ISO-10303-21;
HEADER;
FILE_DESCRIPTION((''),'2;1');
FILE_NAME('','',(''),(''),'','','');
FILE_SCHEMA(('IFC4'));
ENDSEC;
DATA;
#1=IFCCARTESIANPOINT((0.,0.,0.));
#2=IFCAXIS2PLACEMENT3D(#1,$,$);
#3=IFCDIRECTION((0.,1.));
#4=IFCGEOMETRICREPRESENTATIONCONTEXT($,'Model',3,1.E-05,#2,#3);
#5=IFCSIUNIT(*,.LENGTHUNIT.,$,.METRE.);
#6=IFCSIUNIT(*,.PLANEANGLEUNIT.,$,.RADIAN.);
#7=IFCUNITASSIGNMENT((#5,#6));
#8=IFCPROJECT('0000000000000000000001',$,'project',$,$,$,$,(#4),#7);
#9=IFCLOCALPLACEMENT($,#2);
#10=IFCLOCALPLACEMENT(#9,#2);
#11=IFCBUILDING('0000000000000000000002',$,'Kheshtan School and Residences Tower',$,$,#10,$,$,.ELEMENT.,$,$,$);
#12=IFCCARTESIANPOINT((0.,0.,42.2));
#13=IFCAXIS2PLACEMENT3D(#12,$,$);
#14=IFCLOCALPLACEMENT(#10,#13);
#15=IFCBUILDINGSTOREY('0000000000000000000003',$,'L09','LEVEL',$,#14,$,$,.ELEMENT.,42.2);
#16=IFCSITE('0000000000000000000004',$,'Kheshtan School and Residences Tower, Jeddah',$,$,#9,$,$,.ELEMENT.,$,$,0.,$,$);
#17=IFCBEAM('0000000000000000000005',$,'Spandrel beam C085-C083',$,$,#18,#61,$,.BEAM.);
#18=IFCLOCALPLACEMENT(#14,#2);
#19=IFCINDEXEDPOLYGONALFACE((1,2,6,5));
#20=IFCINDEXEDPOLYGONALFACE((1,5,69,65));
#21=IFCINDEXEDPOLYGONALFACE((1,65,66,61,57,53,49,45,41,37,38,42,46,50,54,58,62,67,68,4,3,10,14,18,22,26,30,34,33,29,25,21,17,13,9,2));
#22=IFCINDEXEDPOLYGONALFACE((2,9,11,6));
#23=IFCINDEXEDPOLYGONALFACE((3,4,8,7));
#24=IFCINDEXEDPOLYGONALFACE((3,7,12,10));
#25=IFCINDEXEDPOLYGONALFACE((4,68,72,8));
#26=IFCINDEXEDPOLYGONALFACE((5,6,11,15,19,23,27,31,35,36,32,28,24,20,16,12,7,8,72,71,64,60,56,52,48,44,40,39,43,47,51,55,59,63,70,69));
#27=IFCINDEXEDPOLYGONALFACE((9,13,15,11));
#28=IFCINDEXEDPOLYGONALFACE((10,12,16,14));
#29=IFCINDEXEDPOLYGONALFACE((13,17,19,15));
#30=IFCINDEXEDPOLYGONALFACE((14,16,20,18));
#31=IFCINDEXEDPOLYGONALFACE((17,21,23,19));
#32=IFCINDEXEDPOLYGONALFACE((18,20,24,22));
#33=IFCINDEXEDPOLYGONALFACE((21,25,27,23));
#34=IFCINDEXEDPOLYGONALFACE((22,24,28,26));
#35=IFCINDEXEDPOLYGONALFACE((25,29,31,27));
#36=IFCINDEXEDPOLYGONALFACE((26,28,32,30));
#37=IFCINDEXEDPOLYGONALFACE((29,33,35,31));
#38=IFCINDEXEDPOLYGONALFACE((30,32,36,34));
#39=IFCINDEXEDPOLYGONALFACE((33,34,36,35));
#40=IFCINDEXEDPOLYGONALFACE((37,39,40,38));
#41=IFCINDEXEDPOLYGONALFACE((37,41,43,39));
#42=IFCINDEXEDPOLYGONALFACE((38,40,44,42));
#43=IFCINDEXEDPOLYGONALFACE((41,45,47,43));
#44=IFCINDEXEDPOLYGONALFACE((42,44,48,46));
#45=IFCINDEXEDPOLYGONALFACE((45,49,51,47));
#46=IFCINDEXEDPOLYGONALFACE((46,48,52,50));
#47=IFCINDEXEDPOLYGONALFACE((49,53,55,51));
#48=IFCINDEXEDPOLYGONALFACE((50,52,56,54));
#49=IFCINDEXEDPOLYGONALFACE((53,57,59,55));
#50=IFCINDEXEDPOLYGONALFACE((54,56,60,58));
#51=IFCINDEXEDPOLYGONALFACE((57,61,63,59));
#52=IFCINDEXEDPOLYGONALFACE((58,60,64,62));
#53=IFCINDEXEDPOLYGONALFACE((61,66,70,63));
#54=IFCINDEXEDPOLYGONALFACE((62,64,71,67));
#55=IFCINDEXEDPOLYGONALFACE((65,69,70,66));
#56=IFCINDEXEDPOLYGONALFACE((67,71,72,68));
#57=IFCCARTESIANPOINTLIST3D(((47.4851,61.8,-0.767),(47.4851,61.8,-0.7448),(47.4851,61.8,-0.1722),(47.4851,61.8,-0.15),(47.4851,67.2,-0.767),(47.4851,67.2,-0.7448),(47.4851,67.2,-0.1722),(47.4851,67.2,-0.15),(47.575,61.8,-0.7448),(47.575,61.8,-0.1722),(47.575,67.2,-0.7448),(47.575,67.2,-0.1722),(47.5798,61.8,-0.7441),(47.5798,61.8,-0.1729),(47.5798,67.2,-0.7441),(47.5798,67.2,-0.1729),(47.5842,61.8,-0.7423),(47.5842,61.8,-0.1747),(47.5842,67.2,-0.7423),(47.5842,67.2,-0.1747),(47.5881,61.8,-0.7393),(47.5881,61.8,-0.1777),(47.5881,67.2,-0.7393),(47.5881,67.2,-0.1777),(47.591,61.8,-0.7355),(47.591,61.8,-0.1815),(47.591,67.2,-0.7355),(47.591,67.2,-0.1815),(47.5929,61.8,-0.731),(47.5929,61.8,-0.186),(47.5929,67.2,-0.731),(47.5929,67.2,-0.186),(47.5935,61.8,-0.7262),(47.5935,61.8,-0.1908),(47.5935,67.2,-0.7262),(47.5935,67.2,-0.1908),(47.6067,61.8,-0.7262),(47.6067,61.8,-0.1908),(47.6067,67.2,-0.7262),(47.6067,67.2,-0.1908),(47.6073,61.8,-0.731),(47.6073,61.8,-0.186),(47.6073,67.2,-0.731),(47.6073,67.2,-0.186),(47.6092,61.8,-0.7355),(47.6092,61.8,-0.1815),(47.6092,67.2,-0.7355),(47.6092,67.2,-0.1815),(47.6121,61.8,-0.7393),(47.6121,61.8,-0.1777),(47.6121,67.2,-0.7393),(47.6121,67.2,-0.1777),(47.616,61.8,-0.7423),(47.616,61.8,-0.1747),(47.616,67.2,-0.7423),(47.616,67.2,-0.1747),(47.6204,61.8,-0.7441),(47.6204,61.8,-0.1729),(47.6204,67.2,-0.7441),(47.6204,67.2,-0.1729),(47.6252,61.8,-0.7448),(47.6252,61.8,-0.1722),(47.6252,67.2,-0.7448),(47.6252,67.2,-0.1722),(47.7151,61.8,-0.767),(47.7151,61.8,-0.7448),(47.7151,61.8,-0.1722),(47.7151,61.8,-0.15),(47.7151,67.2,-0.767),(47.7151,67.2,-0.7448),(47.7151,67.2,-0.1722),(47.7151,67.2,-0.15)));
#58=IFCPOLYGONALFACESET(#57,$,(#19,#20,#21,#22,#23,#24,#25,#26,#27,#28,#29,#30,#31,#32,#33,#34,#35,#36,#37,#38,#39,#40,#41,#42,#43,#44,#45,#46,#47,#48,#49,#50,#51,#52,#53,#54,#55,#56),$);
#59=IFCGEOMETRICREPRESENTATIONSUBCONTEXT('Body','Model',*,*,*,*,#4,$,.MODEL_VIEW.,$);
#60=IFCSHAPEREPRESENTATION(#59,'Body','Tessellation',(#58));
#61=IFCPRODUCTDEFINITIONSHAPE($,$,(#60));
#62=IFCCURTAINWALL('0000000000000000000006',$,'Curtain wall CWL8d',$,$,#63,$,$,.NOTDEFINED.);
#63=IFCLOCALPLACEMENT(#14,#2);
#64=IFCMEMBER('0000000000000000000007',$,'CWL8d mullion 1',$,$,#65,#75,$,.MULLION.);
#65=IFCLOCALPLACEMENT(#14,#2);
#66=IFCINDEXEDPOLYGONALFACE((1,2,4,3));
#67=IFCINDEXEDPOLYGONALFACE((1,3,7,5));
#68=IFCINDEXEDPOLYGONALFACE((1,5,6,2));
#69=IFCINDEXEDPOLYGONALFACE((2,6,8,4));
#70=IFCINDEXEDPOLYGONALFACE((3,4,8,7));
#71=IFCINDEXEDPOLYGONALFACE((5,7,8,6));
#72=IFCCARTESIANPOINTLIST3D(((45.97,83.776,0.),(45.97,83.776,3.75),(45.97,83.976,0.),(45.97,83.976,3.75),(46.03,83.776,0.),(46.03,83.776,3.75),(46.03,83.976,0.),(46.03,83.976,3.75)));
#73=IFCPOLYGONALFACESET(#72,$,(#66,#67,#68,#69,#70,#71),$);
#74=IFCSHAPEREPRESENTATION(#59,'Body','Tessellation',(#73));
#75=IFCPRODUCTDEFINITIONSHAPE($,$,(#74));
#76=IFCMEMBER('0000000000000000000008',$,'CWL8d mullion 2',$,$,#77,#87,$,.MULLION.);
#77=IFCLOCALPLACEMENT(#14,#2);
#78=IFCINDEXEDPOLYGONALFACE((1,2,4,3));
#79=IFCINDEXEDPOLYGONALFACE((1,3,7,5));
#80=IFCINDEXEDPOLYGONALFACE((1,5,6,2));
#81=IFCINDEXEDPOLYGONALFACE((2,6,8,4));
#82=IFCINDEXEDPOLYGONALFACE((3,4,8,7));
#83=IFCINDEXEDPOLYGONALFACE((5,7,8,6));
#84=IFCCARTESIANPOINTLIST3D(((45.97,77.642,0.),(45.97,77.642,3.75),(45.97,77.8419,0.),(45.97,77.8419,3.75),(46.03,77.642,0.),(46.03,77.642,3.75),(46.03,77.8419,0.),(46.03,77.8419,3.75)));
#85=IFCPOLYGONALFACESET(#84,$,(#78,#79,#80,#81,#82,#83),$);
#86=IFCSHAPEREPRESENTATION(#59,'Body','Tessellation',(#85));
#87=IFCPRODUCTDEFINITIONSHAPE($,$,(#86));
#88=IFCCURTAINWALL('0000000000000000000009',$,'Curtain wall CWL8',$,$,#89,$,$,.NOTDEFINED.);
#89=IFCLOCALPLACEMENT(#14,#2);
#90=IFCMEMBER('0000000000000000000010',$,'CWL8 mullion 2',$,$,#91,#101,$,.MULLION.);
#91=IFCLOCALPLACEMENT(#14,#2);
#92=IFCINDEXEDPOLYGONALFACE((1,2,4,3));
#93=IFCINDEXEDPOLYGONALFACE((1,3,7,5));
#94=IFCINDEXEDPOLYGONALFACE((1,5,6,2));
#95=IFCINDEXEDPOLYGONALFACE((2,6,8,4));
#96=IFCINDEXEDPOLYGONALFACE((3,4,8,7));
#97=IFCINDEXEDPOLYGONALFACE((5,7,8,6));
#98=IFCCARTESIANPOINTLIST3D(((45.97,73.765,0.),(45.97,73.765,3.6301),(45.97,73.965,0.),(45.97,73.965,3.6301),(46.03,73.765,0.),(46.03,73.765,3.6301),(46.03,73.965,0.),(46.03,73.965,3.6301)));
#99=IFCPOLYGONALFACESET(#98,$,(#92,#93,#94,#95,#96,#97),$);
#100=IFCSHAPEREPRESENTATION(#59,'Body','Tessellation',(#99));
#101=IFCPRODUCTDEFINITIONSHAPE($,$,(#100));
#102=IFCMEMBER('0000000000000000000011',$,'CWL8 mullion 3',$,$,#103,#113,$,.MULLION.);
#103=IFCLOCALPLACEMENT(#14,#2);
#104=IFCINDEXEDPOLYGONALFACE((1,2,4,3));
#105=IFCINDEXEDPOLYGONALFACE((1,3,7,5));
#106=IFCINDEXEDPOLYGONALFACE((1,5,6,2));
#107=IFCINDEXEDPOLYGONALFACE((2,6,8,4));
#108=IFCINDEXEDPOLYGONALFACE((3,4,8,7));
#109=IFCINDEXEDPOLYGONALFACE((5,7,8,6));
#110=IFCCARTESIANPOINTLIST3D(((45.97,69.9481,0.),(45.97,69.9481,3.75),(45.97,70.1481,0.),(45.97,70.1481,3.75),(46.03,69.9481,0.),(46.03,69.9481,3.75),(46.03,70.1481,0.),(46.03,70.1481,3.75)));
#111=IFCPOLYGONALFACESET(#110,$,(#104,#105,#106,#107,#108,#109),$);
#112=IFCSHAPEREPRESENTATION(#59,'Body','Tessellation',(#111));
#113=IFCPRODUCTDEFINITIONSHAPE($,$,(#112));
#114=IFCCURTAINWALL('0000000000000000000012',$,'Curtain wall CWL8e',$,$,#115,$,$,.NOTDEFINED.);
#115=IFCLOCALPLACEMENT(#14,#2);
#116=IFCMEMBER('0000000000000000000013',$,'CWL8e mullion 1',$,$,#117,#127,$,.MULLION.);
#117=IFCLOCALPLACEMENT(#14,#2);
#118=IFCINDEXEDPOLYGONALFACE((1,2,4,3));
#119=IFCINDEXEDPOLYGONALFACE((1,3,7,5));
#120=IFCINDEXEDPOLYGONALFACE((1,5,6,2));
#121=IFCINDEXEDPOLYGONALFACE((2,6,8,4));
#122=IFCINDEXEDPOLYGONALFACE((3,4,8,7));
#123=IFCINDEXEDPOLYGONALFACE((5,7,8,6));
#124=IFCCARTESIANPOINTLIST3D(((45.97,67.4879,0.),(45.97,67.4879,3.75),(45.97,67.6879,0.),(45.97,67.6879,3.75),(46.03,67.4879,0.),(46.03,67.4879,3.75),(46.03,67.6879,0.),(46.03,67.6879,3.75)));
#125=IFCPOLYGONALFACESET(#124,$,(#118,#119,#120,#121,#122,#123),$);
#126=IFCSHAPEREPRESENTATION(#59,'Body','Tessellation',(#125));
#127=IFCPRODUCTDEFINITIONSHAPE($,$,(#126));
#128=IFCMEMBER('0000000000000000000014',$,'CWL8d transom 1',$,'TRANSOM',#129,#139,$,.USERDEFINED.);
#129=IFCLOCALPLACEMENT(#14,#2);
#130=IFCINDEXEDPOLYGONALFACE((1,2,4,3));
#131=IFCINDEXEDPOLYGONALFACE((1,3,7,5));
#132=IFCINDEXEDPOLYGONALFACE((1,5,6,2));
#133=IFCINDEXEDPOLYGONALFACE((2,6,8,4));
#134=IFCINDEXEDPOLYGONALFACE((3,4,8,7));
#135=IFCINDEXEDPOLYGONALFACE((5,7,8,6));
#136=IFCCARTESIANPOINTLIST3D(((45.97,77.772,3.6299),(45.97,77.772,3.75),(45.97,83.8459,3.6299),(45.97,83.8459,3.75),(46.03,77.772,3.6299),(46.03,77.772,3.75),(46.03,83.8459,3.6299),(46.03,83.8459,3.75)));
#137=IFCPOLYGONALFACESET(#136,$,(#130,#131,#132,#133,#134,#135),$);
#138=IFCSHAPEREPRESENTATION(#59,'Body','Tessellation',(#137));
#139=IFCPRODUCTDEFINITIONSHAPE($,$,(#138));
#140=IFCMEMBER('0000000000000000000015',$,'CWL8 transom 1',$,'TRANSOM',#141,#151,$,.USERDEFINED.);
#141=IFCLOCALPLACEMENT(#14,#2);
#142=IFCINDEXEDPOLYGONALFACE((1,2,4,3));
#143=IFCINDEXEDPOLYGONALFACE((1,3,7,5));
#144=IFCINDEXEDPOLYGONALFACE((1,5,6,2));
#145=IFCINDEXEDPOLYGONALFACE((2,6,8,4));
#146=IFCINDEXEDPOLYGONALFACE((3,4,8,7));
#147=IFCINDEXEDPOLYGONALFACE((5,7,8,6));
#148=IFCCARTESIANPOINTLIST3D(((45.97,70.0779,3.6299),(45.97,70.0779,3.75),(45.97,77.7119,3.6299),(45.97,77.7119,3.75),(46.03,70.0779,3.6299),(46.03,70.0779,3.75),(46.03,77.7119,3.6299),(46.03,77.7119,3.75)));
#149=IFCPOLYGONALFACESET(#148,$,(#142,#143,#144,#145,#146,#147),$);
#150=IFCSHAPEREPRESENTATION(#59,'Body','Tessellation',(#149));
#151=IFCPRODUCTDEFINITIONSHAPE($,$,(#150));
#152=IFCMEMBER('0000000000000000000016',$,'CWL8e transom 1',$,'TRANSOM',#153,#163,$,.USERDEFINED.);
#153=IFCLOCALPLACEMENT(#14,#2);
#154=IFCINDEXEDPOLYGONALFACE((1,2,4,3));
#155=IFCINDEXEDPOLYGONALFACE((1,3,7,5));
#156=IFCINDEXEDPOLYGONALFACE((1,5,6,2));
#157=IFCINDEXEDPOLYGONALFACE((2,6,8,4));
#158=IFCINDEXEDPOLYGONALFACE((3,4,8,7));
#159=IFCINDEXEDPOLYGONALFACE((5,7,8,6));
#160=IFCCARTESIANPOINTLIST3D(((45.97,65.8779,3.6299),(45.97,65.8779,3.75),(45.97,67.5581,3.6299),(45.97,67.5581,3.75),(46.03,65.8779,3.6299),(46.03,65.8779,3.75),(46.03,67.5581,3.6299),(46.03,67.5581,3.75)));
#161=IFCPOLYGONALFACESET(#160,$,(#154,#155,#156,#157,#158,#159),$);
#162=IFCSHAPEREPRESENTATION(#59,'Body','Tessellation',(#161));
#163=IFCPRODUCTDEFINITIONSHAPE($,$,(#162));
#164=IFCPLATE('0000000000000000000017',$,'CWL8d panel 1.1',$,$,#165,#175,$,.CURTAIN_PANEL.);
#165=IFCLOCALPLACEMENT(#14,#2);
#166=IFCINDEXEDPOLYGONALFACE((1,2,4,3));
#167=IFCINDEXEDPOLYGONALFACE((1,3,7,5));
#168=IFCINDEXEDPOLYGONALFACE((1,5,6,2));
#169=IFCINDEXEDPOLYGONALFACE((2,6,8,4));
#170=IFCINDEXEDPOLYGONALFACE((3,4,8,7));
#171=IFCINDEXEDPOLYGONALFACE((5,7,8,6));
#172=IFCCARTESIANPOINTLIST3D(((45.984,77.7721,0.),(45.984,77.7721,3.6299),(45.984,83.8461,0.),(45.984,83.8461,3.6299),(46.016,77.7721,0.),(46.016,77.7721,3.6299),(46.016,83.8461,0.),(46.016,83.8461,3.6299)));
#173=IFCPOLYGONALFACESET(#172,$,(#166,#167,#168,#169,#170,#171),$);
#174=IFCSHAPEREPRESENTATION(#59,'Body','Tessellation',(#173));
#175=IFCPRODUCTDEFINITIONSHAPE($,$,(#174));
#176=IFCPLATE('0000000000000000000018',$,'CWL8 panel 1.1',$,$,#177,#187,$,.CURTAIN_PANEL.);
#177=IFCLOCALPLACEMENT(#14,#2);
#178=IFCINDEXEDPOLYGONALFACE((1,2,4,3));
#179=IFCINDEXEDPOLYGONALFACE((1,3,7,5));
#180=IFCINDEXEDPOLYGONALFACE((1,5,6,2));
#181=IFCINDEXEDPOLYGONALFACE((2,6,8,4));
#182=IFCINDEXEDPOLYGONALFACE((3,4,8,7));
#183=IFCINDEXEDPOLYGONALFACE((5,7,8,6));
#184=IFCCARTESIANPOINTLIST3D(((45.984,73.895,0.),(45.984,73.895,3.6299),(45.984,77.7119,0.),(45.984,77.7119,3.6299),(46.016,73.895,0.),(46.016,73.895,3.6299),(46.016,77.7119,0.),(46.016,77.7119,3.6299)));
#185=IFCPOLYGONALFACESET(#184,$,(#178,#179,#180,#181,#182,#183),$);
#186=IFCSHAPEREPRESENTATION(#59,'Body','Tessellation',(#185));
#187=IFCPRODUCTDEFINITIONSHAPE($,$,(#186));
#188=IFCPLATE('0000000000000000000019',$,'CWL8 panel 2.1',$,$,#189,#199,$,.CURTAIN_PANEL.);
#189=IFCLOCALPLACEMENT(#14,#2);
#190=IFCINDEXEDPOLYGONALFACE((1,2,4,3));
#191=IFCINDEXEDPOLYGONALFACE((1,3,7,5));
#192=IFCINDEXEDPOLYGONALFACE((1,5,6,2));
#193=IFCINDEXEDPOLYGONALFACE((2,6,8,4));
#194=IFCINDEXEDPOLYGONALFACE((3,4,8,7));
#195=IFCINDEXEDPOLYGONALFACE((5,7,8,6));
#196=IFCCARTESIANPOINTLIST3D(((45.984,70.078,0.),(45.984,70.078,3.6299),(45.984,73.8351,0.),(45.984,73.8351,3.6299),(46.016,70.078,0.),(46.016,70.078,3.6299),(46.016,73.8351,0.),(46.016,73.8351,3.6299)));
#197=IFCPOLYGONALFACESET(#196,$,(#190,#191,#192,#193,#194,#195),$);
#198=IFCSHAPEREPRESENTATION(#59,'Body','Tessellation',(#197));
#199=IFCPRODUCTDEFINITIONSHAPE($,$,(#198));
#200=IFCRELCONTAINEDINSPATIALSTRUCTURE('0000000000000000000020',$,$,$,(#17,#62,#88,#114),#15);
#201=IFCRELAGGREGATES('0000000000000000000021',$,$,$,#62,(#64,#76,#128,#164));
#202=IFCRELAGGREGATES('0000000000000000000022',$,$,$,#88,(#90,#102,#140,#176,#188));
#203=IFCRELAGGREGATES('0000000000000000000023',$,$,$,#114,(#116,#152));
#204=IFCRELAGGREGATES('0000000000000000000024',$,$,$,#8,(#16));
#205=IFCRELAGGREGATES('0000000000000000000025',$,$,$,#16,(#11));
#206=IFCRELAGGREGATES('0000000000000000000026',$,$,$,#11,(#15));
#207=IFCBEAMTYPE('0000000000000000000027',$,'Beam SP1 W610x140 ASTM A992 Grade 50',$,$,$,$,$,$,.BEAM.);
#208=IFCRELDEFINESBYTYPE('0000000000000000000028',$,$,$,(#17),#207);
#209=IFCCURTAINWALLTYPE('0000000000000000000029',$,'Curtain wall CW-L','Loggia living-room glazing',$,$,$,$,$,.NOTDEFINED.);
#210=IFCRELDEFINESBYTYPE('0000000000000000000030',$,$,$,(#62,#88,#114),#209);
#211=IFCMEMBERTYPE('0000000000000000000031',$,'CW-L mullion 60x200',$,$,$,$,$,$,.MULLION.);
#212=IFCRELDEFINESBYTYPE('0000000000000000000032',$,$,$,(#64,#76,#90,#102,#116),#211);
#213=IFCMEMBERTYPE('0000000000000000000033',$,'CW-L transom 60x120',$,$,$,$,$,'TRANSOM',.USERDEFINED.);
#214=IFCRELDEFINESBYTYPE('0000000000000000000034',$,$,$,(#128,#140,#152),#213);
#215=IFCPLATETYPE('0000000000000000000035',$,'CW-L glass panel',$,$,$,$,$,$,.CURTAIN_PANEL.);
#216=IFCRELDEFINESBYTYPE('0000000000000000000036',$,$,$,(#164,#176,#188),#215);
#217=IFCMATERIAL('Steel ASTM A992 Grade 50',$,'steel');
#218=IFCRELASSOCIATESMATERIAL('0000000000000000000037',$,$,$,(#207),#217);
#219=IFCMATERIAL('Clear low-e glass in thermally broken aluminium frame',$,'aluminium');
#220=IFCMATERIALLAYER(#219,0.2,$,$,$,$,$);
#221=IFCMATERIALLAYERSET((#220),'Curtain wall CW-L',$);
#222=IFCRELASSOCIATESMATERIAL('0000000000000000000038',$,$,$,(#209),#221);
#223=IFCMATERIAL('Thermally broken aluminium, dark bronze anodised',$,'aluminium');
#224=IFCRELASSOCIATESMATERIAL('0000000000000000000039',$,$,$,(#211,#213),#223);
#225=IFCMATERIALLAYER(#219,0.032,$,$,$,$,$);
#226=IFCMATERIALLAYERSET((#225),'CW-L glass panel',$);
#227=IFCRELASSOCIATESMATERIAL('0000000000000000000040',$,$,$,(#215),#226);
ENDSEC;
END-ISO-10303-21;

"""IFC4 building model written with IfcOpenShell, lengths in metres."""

from ifc_helpers import new_model, si_unit, direction, frame, origin, origin_2d, place, context, subcontext, project, spatial, rectangle, i_section, extrude, material, layer, layer_set, material_profile, profile_set, type_object, element, aggregate, save


model = new_model("IFC4")

# Units and contexts
model_context = context("Model", 3, precision=1e-05, world=origin(), true_north=direction((0.0, 1.0)))
body_context = subcontext(model_context, "Body", "Model", "MODEL_VIEW")
ifc_project = project(units=[si_unit("LENGTHUNIT", "METRE"), si_unit("PLANEANGLEUNIT", "RADIAN")], contexts=[model_context])

# Site, building, storey
site_placement = place(None, origin())
site = spatial("IfcSite", under=ifc_project, at=site_placement, Name="Kheshtan School and Residences Tower, Jeddah", CompositionType="ELEMENT", RefElevation=0.0)
building_placement = place(site_placement, origin())
building = spatial("IfcBuilding", under=site, at=building_placement, Name="Kheshtan School and Residences Tower", CompositionType="ELEMENT")
storey_placement = place(building_placement, frame((0.0, 0.0, 42.2)))
storey = spatial("IfcBuildingStorey", under=building, at=storey_placement, Name="L09", Description="LEVEL", CompositionType="ELEMENT", Elevation=42.2)

# Shared definitions
ifc_material_1 = material(Name="Steel ASTM A992 Grade 50", Category="steel")

# Beam
ifc_material_profile_1 = material_profile(ifc_material_1, i_section(OverallWidth=0.23, OverallDepth=0.6169, WebThickness=0.0132, FlangeThickness=0.0222, FilletRadius=0.0186, at=origin_2d()), Name="W610x140")
ifc_profile_set_1 = profile_set([ifc_material_profile_1], Name="Steel ASTM A992 Grade 50")
beam_type_1 = type_object("IfcBeamType", Name="Beam SP1 W610x140 ASTM A992 Grade 50", PredefinedType="BEAM", material=ifc_profile_set_1)
beam_1_placement = place(storey_placement, frame((47.6001, 67.2, -0.4585), z_axis=(0.0, -1.0, 0.0), x_axis=(1.0, 0.0, 0.0)))
element("IfcBeam", 1, at=beam_1_placement, inside=storey, type_object=beam_type_1, Name="Spandrel beam C085-C083", PredefinedType="BEAM", context=body_context, shape_type="SweptSolid", body=[
    extrude(i_section(OverallWidth=0.23, OverallDepth=0.6169, WebThickness=0.0132, FlangeThickness=0.0222, FilletRadius=0.0186, at=origin_2d()), origin(), (0.0, 0.0, 1.0), 5.3999),
])

# Curtain walls, members
ifc_material_2 = material(Name="Clear low-e glass in thermally broken aluminium frame", Category="aluminium")
ifc_layer_1 = layer(ifc_material_2, 0.2)
ifc_layer_set_1 = layer_set([ifc_layer_1], Name="Curtain wall CW-L")
curtain_wall_type = type_object("IfcCurtainWallType", Name="Curtain wall CW-L", Description="Loggia living-room glazing", PredefinedType="NOTDEFINED", material=ifc_layer_set_1)
curtain_wall_1_placement = place(storey_placement, origin())
curtain_wall_1 = element("IfcCurtainWall", 2, at=curtain_wall_1_placement, inside=storey, type_object=curtain_wall_type, Name="Curtain wall CWL8d", PredefinedType="NOTDEFINED")
ifc_material_3 = material(Name="Thermally broken aluminium, dark bronze anodised", Category="aluminium")
ifc_material_profile_2 = material_profile(ifc_material_3, rectangle(XDim=0.0601, YDim=0.2, at=origin_2d()), Name="CW-L mullion 60x200")
ifc_profile_set_2 = profile_set([ifc_material_profile_2], Name="Thermally broken aluminium, dark bronze anodised")
member_type_1 = type_object("IfcMemberType", Name="CW-L mullion 60x200", PredefinedType="MULLION", material=ifc_profile_set_2)
member_1_placement = place(storey_placement, frame((46.0, 83.876, 0.0), z_axis=(0.0, 0.0, 1.0), x_axis=(1.0, 0.0, 0.0)))
member_1 = element("IfcMember", 3, at=member_1_placement, type_object=member_type_1, Name="CWL8d mullion 1", PredefinedType="MULLION", context=body_context, shape_type="SweptSolid", body=[
    extrude(rectangle(XDim=0.0601, YDim=0.2, at=origin_2d()), origin(), (0.0, 0.0, 1.0), 3.75),
])
member_2_placement = place(storey_placement, frame((46.0, 77.7419, 0.0), z_axis=(0.0, 0.0, 1.0), x_axis=(1.0, 0.0, 0.0)))
member_2 = element("IfcMember", 4, at=member_2_placement, type_object=member_type_1, Name="CWL8d mullion 2", PredefinedType="MULLION", context=body_context, shape_type="SweptSolid", body=[
    extrude(rectangle(XDim=0.0601, YDim=0.2, at=origin_2d()), origin(), (0.0, 0.0, 1.0), 3.75),
])
curtain_wall_2_placement = place(storey_placement, origin())
curtain_wall_2 = element("IfcCurtainWall", 5, at=curtain_wall_2_placement, inside=storey, type_object=curtain_wall_type, Name="Curtain wall CWL8", PredefinedType="NOTDEFINED")
member_3_placement = place(storey_placement, frame((46.0, 73.865, 0.0), z_axis=(0.0, 0.0, 1.0), x_axis=(1.0, 0.0, 0.0)))
member_3 = element("IfcMember", 6, at=member_3_placement, type_object=member_type_1, Name="CWL8 mullion 2", PredefinedType="MULLION", context=body_context, shape_type="SweptSolid", body=[
    extrude(rectangle(XDim=0.0601, YDim=0.2, at=origin_2d()), origin(), (0.0, 0.0, 1.0), 3.6301),
])
member_4_placement = place(storey_placement, frame((46.0, 70.0481, 0.0), z_axis=(0.0, 0.0, 1.0), x_axis=(1.0, 0.0, 0.0)))
member_4 = element("IfcMember", 7, at=member_4_placement, type_object=member_type_1, Name="CWL8 mullion 3", PredefinedType="MULLION", context=body_context, shape_type="SweptSolid", body=[
    extrude(rectangle(XDim=0.0601, YDim=0.2, at=origin_2d()), origin(), (0.0, 0.0, 1.0), 3.75),
])

# Curtain wall, member
curtain_wall_3_placement = place(storey_placement, origin())
curtain_wall_3 = element("IfcCurtainWall", 8, at=curtain_wall_3_placement, inside=storey, type_object=curtain_wall_type, Name="Curtain wall CWL8e", PredefinedType="NOTDEFINED")
member_5_placement = place(storey_placement, frame((46.0, 67.5879, 0.0), z_axis=(0.0, 0.0, 1.0), x_axis=(1.0, 0.0, 0.0)))
member_5 = element("IfcMember", 9, at=member_5_placement, type_object=member_type_1, Name="CWL8e mullion 1", PredefinedType="MULLION", context=body_context, shape_type="SweptSolid", body=[
    extrude(rectangle(XDim=0.0601, YDim=0.2, at=origin_2d()), origin(), (0.0, 0.0, 1.0), 3.75),
])

# Members
ifc_material_profile_3 = material_profile(ifc_material_3, rectangle(XDim=0.0601, YDim=0.1201, at=origin_2d()), Name="CW-L transom 60x120")
ifc_profile_set_3 = profile_set([ifc_material_profile_3], Name="Thermally broken aluminium, dark bronze anodised")
member_type_2 = type_object("IfcMemberType", Name="CW-L transom 60x120", ElementType="TRANSOM", PredefinedType="USERDEFINED", material=ifc_profile_set_3)
member_6_placement = place(storey_placement, frame((46.0, 83.8459, 3.6899), z_axis=(0.0, -1.0, 0.0), x_axis=(1.0, 0.0, 0.0)))
member_6 = element("IfcMember", 10, at=member_6_placement, type_object=member_type_2, Name="CWL8d transom 1", ObjectType="TRANSOM", PredefinedType="USERDEFINED", context=body_context, shape_type="SweptSolid", body=[
    extrude(rectangle(XDim=0.0601, YDim=0.1201, at=origin_2d()), origin(), (0.0, 0.0, 1.0), 6.074),
])
member_7_placement = place(storey_placement, frame((46.0, 77.7119, 3.6899), z_axis=(0.0, -1.0, 0.0), x_axis=(1.0, 0.0, 0.0)))
member_7 = element("IfcMember", 11, at=member_7_placement, type_object=member_type_2, Name="CWL8 transom 1", ObjectType="TRANSOM", PredefinedType="USERDEFINED", context=body_context, shape_type="SweptSolid", body=[
    extrude(rectangle(XDim=0.0601, YDim=0.1201, at=origin_2d()), origin(), (0.0, 0.0, 1.0), 7.634),
])
member_8_placement = place(storey_placement, frame((46.0, 67.5581, 3.6899), z_axis=(0.0, -1.0, 0.0), x_axis=(1.0, 0.0, 0.0)))
member_8 = element("IfcMember", 12, at=member_8_placement, type_object=member_type_2, Name="CWL8e transom 1", ObjectType="TRANSOM", PredefinedType="USERDEFINED", context=body_context, shape_type="SweptSolid", body=[
    extrude(rectangle(XDim=0.0601, YDim=0.1201, at=origin_2d()), origin(), (0.0, 0.0, 1.0), 1.6802),
])

# Plates
ifc_layer_2 = layer(ifc_material_2, 0.032)
ifc_layer_set_2 = layer_set([ifc_layer_2], Name="CW-L glass panel")
plate_type = type_object("IfcPlateType", Name="CW-L glass panel", PredefinedType="CURTAIN_PANEL", material=ifc_layer_set_2)
plate_1_placement = place(storey_placement, frame((46.0, 80.8091, 0.0), z_axis=(0.0, 0.0, 1.0), x_axis=(0.0, -1.0, 0.0)))
plate_1 = element("IfcPlate", 13, at=plate_1_placement, type_object=plate_type, Name="CWL8d panel 1.1", PredefinedType="CURTAIN_PANEL", context=body_context, shape_type="SweptSolid", body=[
    extrude(rectangle(XDim=6.074, YDim=0.032, at=origin_2d()), origin(), (0.0, 0.0, 1.0), 3.6299),
])
aggregate(curtain_wall_1, [member_1, member_2, member_6, plate_1])
plate_2_placement = place(storey_placement, frame((46.0, 75.8035, 0.0), z_axis=(0.0, 0.0, 1.0), x_axis=(0.0, -1.0, 0.0)))
plate_2 = element("IfcPlate", 14, at=plate_2_placement, type_object=plate_type, Name="CWL8 panel 1.1", PredefinedType="CURTAIN_PANEL", context=body_context, shape_type="SweptSolid", body=[
    extrude(rectangle(XDim=3.8169, YDim=0.032, at=origin_2d()), origin(), (0.0, 0.0, 1.0), 3.6299),
])
plate_3_placement = place(storey_placement, frame((46.0, 71.9565, 0.0), z_axis=(0.0, 0.0, 1.0), x_axis=(0.0, -1.0, 0.0)))
plate_3 = element("IfcPlate", 15, at=plate_3_placement, type_object=plate_type, Name="CWL8 panel 2.1", PredefinedType="CURTAIN_PANEL", context=body_context, shape_type="SweptSolid", body=[
    extrude(rectangle(XDim=3.7571, YDim=0.032, at=origin_2d()), origin(), (0.0, 0.0, 1.0), 3.6299),
])
aggregate(curtain_wall_2, [member_3, member_4, member_7, plate_2, plate_3])
aggregate(curtain_wall_3, [member_5, member_8])

save(model, "model.ifc")
